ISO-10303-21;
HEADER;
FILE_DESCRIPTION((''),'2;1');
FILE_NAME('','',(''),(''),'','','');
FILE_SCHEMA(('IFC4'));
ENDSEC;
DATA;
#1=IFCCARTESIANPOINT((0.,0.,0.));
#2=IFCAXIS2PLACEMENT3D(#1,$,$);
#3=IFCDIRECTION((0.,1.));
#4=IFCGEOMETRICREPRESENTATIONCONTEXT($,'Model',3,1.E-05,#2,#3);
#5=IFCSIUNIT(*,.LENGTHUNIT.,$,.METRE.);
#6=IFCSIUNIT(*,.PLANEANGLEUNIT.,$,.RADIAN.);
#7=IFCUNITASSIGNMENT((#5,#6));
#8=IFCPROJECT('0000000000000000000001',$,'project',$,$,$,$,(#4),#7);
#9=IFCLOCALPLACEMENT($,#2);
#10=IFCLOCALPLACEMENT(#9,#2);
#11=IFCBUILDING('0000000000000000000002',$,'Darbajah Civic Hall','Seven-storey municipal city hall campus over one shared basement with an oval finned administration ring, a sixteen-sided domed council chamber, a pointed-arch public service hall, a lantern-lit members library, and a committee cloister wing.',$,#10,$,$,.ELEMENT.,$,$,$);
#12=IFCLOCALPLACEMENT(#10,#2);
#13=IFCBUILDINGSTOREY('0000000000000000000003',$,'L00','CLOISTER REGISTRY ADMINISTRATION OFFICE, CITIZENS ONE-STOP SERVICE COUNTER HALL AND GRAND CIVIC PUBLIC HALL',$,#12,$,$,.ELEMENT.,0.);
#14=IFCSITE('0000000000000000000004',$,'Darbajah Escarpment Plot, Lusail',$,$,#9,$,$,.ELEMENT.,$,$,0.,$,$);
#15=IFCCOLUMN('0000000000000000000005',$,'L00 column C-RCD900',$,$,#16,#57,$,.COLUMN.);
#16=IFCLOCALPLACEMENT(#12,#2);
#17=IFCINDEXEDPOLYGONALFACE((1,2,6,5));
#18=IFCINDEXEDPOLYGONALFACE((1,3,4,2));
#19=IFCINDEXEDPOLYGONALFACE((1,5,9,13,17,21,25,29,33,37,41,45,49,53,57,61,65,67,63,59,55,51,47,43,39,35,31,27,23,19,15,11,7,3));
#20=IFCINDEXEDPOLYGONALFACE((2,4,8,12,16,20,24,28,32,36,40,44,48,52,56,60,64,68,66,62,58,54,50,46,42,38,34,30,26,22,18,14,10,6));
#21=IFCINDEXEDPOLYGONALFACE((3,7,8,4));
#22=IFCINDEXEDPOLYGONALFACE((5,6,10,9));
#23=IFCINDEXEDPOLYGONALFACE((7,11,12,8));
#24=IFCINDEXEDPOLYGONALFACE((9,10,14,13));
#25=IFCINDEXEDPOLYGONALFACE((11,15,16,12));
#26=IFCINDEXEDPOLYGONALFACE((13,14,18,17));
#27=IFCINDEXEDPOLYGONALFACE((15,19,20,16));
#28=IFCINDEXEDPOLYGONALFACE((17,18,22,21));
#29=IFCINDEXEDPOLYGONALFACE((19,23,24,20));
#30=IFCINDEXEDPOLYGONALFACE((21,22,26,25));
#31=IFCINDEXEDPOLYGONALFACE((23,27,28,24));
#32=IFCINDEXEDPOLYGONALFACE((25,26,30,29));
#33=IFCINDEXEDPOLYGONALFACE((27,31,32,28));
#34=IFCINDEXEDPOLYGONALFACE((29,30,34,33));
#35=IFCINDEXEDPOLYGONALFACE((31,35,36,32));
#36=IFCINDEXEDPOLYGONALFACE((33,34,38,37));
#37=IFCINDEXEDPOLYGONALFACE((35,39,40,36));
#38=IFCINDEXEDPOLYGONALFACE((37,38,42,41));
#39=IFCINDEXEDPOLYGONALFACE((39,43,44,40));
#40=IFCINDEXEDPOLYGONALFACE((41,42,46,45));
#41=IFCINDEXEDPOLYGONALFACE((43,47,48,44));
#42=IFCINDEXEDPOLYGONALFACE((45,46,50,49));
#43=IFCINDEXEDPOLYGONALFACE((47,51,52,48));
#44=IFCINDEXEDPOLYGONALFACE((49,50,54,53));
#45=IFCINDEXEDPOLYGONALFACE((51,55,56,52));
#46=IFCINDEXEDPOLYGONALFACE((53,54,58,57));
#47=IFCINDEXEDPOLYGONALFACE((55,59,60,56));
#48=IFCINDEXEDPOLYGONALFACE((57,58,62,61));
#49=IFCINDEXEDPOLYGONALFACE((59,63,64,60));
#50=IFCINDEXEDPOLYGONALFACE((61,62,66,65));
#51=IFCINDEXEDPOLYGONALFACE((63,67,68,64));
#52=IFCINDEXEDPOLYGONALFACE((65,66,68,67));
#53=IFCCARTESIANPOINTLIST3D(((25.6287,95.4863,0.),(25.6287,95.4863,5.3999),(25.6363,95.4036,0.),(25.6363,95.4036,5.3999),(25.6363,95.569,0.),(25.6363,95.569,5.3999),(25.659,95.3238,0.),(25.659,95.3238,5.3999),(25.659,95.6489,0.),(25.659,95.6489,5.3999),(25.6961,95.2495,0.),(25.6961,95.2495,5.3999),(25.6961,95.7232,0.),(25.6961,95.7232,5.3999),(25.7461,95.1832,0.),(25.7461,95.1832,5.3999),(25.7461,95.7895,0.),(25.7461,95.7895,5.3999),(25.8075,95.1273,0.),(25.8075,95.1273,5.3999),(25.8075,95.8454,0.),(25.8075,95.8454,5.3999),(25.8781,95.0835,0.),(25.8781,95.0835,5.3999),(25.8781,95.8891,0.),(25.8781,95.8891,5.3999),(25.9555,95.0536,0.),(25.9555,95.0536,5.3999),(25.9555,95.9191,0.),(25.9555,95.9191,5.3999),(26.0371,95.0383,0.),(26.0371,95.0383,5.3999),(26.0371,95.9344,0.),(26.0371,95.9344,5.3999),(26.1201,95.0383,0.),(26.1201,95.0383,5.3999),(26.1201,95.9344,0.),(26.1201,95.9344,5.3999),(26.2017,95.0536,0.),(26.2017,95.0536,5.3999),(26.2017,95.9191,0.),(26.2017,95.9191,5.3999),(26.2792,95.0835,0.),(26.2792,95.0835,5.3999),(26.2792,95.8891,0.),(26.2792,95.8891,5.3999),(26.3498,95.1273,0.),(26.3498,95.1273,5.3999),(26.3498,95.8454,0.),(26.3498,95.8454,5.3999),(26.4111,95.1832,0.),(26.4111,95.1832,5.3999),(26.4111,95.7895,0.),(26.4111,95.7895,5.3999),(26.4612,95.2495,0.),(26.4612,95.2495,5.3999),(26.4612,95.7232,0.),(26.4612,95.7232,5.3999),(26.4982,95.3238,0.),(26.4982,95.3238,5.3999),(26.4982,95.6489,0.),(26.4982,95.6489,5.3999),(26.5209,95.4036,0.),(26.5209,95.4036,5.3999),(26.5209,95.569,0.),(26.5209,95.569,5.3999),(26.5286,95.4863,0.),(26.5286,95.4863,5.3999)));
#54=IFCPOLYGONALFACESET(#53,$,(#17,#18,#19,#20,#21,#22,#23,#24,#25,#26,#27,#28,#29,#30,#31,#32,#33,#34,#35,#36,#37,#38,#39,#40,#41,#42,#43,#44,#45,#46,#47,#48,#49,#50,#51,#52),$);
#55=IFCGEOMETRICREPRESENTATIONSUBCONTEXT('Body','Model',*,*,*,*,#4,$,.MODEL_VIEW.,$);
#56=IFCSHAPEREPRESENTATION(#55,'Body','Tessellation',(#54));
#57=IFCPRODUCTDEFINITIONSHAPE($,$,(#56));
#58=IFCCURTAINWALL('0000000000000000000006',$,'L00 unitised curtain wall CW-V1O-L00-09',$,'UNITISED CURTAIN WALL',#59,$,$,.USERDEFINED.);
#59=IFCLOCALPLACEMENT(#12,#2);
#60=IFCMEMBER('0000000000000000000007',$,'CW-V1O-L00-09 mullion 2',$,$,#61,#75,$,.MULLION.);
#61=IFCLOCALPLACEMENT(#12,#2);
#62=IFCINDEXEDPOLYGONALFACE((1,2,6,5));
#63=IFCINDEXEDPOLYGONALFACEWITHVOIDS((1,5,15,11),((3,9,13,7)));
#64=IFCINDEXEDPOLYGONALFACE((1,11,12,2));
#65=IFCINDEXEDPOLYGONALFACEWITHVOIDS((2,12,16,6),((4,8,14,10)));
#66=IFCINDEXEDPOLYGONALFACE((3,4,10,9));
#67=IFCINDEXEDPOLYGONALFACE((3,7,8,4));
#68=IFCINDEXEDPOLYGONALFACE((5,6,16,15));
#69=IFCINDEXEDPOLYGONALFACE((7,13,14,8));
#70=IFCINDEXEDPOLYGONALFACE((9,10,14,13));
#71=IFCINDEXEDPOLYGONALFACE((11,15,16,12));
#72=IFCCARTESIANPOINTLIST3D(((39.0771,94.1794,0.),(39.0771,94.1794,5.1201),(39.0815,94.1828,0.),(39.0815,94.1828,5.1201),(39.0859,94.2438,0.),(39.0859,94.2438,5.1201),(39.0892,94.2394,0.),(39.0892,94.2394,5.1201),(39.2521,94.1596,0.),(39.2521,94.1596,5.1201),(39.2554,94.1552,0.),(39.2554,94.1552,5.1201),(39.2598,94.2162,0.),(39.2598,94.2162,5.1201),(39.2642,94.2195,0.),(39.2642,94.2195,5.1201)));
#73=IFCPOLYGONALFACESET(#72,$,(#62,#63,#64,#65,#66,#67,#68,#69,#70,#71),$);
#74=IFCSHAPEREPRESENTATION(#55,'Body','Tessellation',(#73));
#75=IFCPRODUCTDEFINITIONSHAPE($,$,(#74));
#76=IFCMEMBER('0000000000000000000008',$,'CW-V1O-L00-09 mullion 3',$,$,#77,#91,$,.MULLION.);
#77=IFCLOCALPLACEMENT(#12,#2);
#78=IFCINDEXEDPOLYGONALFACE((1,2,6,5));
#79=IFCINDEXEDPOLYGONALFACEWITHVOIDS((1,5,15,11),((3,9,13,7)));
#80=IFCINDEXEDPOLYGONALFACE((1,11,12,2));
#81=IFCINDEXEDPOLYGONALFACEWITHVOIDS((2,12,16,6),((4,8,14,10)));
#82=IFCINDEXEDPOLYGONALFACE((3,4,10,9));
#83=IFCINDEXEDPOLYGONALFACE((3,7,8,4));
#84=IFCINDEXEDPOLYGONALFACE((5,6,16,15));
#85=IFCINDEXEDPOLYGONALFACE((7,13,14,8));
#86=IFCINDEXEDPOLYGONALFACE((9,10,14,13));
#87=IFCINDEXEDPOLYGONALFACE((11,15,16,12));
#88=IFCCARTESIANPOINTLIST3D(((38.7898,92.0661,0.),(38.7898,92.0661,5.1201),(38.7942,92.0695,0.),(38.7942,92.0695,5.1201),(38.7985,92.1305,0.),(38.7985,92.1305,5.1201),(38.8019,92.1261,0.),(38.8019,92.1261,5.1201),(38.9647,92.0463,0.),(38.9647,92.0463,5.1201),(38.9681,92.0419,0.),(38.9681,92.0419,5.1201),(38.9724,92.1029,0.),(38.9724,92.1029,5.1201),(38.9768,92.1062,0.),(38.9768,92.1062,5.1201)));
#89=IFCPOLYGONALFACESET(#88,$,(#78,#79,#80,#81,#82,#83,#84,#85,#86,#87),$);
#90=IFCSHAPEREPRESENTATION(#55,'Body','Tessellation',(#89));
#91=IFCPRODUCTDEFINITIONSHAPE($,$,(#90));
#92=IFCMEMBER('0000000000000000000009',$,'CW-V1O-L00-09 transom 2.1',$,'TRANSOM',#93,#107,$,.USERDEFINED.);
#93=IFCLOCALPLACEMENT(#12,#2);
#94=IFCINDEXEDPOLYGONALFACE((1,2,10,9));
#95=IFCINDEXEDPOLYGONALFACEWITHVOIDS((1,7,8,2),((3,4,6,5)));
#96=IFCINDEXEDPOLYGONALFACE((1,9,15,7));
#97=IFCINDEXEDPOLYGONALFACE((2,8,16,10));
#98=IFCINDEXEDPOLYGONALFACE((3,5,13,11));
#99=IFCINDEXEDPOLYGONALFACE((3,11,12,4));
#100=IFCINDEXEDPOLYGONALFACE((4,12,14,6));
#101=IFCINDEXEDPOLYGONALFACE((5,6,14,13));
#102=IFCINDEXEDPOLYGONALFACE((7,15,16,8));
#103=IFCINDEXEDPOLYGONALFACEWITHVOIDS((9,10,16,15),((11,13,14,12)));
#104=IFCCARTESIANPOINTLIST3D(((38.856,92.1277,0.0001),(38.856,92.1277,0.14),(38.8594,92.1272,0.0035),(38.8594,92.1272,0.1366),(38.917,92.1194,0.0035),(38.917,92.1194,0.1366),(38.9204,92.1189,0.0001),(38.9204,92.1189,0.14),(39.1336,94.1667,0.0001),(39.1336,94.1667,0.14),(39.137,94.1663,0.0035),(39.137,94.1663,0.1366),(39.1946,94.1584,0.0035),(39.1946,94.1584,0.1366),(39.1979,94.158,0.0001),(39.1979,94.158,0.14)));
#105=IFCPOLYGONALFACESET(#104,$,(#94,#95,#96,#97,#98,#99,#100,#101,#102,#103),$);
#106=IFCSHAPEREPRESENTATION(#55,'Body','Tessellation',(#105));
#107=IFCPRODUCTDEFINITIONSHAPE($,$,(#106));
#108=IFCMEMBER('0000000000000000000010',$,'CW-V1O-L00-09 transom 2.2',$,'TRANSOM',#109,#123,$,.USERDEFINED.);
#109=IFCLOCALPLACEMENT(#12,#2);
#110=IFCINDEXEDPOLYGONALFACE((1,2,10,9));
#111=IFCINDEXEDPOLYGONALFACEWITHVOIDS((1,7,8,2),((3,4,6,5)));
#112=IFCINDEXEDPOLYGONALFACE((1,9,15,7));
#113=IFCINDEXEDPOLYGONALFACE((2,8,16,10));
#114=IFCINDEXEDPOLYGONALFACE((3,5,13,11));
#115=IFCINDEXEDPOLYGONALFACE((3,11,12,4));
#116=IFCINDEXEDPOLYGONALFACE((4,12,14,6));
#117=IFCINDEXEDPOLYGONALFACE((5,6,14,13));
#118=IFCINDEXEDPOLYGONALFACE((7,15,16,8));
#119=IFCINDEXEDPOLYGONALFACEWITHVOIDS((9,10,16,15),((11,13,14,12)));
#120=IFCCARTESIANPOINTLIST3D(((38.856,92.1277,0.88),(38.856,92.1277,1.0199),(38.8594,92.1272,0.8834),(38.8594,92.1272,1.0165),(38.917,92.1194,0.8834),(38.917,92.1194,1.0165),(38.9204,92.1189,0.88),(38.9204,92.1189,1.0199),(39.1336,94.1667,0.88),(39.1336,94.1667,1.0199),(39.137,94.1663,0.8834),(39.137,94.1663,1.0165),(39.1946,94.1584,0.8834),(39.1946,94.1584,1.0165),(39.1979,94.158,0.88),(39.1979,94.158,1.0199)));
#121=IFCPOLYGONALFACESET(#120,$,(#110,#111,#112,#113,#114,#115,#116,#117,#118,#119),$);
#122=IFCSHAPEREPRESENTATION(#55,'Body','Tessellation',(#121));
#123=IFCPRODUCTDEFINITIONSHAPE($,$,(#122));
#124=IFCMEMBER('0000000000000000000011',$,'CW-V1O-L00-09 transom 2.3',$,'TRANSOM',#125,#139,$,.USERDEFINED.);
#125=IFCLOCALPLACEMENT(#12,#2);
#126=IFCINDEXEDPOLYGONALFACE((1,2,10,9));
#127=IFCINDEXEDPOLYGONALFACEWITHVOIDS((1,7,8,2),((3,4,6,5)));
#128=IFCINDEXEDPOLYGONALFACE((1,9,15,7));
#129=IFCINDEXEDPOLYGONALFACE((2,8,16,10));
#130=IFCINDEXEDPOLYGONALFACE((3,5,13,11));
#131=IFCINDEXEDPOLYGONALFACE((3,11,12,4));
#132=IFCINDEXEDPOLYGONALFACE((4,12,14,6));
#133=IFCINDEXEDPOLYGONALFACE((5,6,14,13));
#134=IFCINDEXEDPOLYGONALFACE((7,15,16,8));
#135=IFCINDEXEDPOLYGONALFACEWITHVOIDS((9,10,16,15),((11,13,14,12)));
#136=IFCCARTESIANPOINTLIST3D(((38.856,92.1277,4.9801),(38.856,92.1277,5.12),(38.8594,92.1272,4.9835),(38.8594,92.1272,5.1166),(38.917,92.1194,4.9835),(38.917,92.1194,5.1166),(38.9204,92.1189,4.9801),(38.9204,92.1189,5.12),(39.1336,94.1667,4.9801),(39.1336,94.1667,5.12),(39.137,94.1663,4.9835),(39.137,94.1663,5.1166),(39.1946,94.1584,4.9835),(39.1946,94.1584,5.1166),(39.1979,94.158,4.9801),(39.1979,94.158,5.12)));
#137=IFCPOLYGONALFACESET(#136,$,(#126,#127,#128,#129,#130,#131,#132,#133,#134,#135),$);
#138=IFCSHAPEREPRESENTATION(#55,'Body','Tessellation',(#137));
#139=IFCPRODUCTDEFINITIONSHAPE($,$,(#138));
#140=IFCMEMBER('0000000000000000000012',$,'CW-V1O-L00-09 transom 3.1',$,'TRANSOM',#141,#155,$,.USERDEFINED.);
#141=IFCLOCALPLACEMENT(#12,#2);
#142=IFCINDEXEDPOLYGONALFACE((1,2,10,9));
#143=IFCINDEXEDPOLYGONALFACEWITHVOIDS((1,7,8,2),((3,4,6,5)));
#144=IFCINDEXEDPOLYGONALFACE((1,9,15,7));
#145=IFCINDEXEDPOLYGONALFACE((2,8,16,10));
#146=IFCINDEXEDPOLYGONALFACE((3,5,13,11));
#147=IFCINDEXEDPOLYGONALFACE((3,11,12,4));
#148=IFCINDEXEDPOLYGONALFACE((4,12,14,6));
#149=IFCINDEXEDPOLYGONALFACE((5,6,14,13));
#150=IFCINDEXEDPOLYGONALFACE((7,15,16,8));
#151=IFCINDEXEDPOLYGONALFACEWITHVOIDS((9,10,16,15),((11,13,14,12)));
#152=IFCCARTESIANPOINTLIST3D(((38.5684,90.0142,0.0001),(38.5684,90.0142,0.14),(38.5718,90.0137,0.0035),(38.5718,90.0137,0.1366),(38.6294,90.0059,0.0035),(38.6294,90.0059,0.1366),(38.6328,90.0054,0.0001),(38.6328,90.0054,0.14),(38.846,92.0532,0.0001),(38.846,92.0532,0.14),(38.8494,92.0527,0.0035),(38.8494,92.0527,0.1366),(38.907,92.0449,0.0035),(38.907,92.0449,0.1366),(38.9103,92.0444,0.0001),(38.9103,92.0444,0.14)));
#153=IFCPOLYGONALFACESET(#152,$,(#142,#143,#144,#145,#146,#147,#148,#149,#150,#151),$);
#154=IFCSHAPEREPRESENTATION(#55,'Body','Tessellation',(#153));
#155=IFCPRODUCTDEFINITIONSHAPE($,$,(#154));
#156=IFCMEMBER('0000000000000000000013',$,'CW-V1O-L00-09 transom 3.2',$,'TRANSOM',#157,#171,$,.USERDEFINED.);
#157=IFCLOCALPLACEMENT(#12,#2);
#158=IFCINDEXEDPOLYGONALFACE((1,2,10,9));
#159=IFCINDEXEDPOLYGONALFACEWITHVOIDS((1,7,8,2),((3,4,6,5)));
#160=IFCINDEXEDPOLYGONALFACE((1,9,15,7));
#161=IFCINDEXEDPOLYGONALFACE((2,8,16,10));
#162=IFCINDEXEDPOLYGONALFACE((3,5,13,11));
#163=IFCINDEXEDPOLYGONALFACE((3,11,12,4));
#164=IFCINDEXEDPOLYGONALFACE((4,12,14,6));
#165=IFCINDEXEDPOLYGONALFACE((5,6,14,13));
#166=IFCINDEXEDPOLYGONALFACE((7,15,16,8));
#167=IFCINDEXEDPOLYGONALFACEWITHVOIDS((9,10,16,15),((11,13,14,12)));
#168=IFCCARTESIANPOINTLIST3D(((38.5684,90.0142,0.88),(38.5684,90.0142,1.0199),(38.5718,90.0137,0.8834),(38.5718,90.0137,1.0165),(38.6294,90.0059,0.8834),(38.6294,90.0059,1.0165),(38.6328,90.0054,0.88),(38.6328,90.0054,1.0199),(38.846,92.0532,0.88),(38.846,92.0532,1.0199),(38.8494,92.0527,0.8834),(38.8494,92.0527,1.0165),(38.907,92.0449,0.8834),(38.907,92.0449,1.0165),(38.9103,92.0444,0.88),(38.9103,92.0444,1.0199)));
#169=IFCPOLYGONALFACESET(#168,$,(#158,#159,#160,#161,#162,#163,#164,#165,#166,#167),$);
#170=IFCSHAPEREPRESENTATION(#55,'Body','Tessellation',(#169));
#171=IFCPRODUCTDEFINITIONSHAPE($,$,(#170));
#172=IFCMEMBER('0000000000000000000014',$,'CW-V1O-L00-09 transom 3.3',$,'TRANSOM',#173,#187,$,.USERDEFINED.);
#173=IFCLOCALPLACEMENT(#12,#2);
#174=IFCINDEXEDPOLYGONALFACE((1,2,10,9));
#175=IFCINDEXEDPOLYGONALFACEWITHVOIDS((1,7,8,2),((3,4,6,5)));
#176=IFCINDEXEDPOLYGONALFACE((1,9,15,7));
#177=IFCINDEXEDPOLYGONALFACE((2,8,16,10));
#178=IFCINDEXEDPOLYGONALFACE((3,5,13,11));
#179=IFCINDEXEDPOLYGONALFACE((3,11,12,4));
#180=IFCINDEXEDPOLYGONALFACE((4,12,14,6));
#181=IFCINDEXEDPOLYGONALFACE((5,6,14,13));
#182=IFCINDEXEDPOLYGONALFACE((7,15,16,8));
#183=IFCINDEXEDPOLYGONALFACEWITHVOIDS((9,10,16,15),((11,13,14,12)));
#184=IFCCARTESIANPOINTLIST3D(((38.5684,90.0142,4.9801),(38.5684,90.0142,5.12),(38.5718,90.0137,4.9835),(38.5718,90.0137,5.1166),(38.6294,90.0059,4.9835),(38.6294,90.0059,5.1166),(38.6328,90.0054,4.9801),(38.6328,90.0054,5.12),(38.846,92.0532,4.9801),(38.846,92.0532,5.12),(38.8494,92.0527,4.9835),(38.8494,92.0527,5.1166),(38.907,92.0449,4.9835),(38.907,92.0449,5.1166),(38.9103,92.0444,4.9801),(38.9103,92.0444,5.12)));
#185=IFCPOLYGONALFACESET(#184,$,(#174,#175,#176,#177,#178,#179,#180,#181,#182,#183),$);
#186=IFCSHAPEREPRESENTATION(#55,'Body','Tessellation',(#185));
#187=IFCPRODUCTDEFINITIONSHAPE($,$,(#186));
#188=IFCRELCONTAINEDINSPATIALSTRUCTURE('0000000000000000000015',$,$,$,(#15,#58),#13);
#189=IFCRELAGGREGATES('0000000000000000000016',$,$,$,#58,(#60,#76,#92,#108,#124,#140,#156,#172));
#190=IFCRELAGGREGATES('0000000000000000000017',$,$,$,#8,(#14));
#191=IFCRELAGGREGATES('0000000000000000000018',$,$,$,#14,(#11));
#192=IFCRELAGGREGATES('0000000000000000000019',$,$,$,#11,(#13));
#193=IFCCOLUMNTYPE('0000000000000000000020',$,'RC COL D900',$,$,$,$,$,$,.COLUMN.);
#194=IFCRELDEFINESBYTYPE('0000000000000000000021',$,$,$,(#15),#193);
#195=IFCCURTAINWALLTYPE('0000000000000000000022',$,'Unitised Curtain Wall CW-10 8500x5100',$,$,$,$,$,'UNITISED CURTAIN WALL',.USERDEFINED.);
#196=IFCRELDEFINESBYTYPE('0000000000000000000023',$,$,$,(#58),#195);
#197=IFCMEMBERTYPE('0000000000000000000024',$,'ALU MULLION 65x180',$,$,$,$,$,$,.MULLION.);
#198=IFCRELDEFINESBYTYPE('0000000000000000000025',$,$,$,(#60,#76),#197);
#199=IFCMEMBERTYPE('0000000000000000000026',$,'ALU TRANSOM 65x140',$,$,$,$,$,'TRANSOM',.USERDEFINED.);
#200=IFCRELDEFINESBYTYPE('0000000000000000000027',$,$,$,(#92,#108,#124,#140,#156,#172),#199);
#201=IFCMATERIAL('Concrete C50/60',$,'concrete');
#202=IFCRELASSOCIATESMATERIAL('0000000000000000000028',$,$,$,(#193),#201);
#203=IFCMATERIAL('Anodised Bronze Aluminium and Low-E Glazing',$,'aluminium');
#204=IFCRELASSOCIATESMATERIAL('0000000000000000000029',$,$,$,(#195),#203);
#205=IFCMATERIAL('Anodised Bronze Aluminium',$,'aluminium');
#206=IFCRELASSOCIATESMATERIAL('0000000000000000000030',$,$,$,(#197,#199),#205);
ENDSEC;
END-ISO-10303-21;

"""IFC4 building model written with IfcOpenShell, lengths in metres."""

from ifc_helpers import new_model, si_unit, direction, frame, origin, origin_2d, place, context, subcontext, project, spatial, hollow_rectangle, circle, extrude, material, material_profile, profile_set, type_object, element, aggregate, save


model = new_model("IFC4")

# Units and contexts
model_context = context("Model", 3, precision=1e-05, world=origin(), true_north=direction((0.0, 1.0)))
body_context = subcontext(model_context, "Body", "Model", "MODEL_VIEW")
ifc_project = project(units=[si_unit("LENGTHUNIT", "METRE"), si_unit("PLANEANGLEUNIT", "RADIAN")], contexts=[model_context])

# Site, building, storey
site_placement = place(None, origin())
site = spatial("IfcSite", under=ifc_project, at=site_placement, Name="Darbajah Escarpment Plot, Lusail", CompositionType="ELEMENT", RefElevation=0.0)
building_placement = place(site_placement, origin())
building = spatial("IfcBuilding", under=site, at=building_placement, Name="Darbajah Civic Hall", Description="Seven-storey municipal city hall campus over one shared basement with an oval finned administration ring, a sixteen-sided domed council chamber, a pointed-arch public service hall, a lantern-lit members library, and a committee cloister wing.", CompositionType="ELEMENT")
storey_placement = place(building_placement, origin())
storey = spatial("IfcBuildingStorey", under=building, at=storey_placement, Name="L00", Description="CLOISTER REGISTRY ADMINISTRATION OFFICE, CITIZENS ONE-STOP SERVICE COUNTER HALL AND GRAND CIVIC PUBLIC HALL", CompositionType="ELEMENT", Elevation=0.0)

# Column
ifc_material_1 = material(Name="Concrete C50/60", Category="concrete")
ifc_material_profile_1 = material_profile(ifc_material_1, circle(Radius=0.45, at=origin_2d()), Name="RC COL D900")
ifc_profile_set_1 = profile_set([ifc_material_profile_1], Name="Concrete C50/60")
column_type = type_object("IfcColumnType", Name="RC COL D900", PredefinedType="COLUMN", material=ifc_profile_set_1)
column_placement = place(storey_placement, frame((26.0786, 95.4863, 0.0), z_axis=(0.0, 0.0, 1.0), x_axis=(1.0, 0.0, 0.0)))
element("IfcColumn", 1, at=column_placement, inside=storey, type_object=column_type, Name="L00 column C-RCD900", PredefinedType="COLUMN", context=body_context, shape_type="SweptSolid", body=[
    extrude(circle(Radius=0.45, at=origin_2d()), origin(), (0.0, 0.0, 1.0), 5.3999),
])

# Curtain wall, members
ifc_material_2 = material(Name="Anodised Bronze Aluminium and Low-E Glazing", Category="aluminium")
curtain_wall_type = type_object("IfcCurtainWallType", Name="Unitised Curtain Wall CW-10 8500x5100", ElementType="UNITISED CURTAIN WALL", PredefinedType="USERDEFINED", material=ifc_material_2)
curtain_wall_placement = place(storey_placement, origin())
curtain_wall = element("IfcCurtainWall", 2, at=curtain_wall_placement, inside=storey, type_object=curtain_wall_type, Name="L00 unitised curtain wall CW-V1O-L00-09", ObjectType="UNITISED CURTAIN WALL", PredefinedType="USERDEFINED")
ifc_material_3 = material(Name="Anodised Bronze Aluminium", Category="aluminium")
ifc_material_profile_2 = material_profile(ifc_material_3, hollow_rectangle(XDim=0.0649, YDim=0.1799, WallThickness=0.0039, at=origin_2d()), Name="ALU MULLION 65x180")
ifc_profile_set_2 = profile_set([ifc_material_profile_2], Name="Anodised Bronze Aluminium")
member_type_1 = type_object("IfcMemberType", Name="ALU MULLION 65x180", PredefinedType="MULLION", material=ifc_profile_set_2)
member_1_placement = place(storey_placement, frame((39.1707, 94.1995, 0.0), z_axis=(0.0, 0.0, 1.0), x_axis=(-0.134851, -0.990866, 0.0)))
member_1 = element("IfcMember", 3, at=member_1_placement, type_object=member_type_1, Name="CW-V1O-L00-09 mullion 2", PredefinedType="MULLION", context=body_context, shape_type="SweptSolid", body=[
    extrude(hollow_rectangle(XDim=0.0649, YDim=0.1799, WallThickness=0.0039, at=origin_2d()), origin(), (0.0, 0.0, 1.0), 5.1201),
])
member_2_placement = place(storey_placement, frame((38.8833, 92.0862, 0.0), z_axis=(0.0, 0.0, 1.0), x_axis=(-0.134851, -0.990866, 0.0)))
member_2 = element("IfcMember", 4, at=member_2_placement, type_object=member_type_1, Name="CW-V1O-L00-09 mullion 3", PredefinedType="MULLION", context=body_context, shape_type="SweptSolid", body=[
    extrude(hollow_rectangle(XDim=0.0649, YDim=0.1799, WallThickness=0.0039, at=origin_2d()), origin(), (0.0, 0.0, 1.0), 5.1201),
])
ifc_material_profile_3 = material_profile(ifc_material_3, hollow_rectangle(XDim=0.0649, YDim=0.1399, WallThickness=0.0034, at=origin_2d()), Name="ALU TRANSOM 65x140")
ifc_profile_set_3 = profile_set([ifc_material_profile_3], Name="Anodised Bronze Aluminium")
member_type_2 = type_object("IfcMemberType", Name="ALU TRANSOM 65x140", ElementType="TRANSOM", PredefinedType="USERDEFINED", material=ifc_profile_set_3)
member_3_placement = place(storey_placement, frame((39.1658, 94.1624, 0.0701), z_axis=(-0.134891, -0.99086, 0.0), x_axis=(0.99086, -0.134891, 0.0)))
member_3 = element("IfcMember", 5, at=member_3_placement, type_object=member_type_2, Name="CW-V1O-L00-09 transom 2.1", ObjectType="TRANSOM", PredefinedType="USERDEFINED", context=body_context, shape_type="SweptSolid", body=[
    extrude(hollow_rectangle(XDim=0.0649, YDim=0.1399, WallThickness=0.0034, at=origin_2d()), origin(), (0.0, 0.0, 1.0), 2.0579),
])
member_4_placement = place(storey_placement, frame((39.1658, 94.1624, 0.95), z_axis=(-0.134891, -0.99086, 0.0), x_axis=(0.99086, -0.134891, 0.0)))
member_4 = element("IfcMember", 6, at=member_4_placement, type_object=member_type_2, Name="CW-V1O-L00-09 transom 2.2", ObjectType="TRANSOM", PredefinedType="USERDEFINED", context=body_context, shape_type="SweptSolid", body=[
    extrude(hollow_rectangle(XDim=0.0649, YDim=0.1399, WallThickness=0.0034, at=origin_2d()), origin(), (0.0, 0.0, 1.0), 2.0579),
])
member_5_placement = place(storey_placement, frame((39.1658, 94.1624, 5.05), z_axis=(-0.134891, -0.99086, 0.0), x_axis=(0.99086, -0.134891, 0.0)))
member_5 = element("IfcMember", 7, at=member_5_placement, type_object=member_type_2, Name="CW-V1O-L00-09 transom 2.3", ObjectType="TRANSOM", PredefinedType="USERDEFINED", context=body_context, shape_type="SweptSolid", body=[
    extrude(hollow_rectangle(XDim=0.0649, YDim=0.1399, WallThickness=0.0034, at=origin_2d()), origin(), (0.0, 0.0, 1.0), 2.0579),
])
member_6_placement = place(storey_placement, frame((38.8782, 92.0488, 0.0701), z_axis=(-0.134891, -0.99086, 0.0), x_axis=(0.99086, -0.134891, 0.0)))
member_6 = element("IfcMember", 8, at=member_6_placement, type_object=member_type_2, Name="CW-V1O-L00-09 transom 3.1", ObjectType="TRANSOM", PredefinedType="USERDEFINED", context=body_context, shape_type="SweptSolid", body=[
    extrude(hollow_rectangle(XDim=0.0649, YDim=0.1399, WallThickness=0.0034, at=origin_2d()), origin(), (0.0, 0.0, 1.0), 2.0579),
])
member_7_placement = place(storey_placement, frame((38.8782, 92.0488, 0.95), z_axis=(-0.134891, -0.99086, 0.0), x_axis=(0.99086, -0.134891, 0.0)))
member_7 = element("IfcMember", 9, at=member_7_placement, type_object=member_type_2, Name="CW-V1O-L00-09 transom 3.2", ObjectType="TRANSOM", PredefinedType="USERDEFINED", context=body_context, shape_type="SweptSolid", body=[
    extrude(hollow_rectangle(XDim=0.0649, YDim=0.1399, WallThickness=0.0034, at=origin_2d()), origin(), (0.0, 0.0, 1.0), 2.0579),
])
member_8_placement = place(storey_placement, frame((38.8782, 92.0488, 5.05), z_axis=(-0.134891, -0.99086, 0.0), x_axis=(0.99086, -0.134891, 0.0)))
member_8 = element("IfcMember", 10, at=member_8_placement, type_object=member_type_2, Name="CW-V1O-L00-09 transom 3.3", ObjectType="TRANSOM", PredefinedType="USERDEFINED", context=body_context, shape_type="SweptSolid", body=[
    extrude(hollow_rectangle(XDim=0.0649, YDim=0.1399, WallThickness=0.0034, at=origin_2d()), origin(), (0.0, 0.0, 1.0), 2.0579),
])

aggregate(curtain_wall, [member_1, member_2, member_3, member_4, member_5, member_6, member_7, member_8])

save(model, "model.ifc")
